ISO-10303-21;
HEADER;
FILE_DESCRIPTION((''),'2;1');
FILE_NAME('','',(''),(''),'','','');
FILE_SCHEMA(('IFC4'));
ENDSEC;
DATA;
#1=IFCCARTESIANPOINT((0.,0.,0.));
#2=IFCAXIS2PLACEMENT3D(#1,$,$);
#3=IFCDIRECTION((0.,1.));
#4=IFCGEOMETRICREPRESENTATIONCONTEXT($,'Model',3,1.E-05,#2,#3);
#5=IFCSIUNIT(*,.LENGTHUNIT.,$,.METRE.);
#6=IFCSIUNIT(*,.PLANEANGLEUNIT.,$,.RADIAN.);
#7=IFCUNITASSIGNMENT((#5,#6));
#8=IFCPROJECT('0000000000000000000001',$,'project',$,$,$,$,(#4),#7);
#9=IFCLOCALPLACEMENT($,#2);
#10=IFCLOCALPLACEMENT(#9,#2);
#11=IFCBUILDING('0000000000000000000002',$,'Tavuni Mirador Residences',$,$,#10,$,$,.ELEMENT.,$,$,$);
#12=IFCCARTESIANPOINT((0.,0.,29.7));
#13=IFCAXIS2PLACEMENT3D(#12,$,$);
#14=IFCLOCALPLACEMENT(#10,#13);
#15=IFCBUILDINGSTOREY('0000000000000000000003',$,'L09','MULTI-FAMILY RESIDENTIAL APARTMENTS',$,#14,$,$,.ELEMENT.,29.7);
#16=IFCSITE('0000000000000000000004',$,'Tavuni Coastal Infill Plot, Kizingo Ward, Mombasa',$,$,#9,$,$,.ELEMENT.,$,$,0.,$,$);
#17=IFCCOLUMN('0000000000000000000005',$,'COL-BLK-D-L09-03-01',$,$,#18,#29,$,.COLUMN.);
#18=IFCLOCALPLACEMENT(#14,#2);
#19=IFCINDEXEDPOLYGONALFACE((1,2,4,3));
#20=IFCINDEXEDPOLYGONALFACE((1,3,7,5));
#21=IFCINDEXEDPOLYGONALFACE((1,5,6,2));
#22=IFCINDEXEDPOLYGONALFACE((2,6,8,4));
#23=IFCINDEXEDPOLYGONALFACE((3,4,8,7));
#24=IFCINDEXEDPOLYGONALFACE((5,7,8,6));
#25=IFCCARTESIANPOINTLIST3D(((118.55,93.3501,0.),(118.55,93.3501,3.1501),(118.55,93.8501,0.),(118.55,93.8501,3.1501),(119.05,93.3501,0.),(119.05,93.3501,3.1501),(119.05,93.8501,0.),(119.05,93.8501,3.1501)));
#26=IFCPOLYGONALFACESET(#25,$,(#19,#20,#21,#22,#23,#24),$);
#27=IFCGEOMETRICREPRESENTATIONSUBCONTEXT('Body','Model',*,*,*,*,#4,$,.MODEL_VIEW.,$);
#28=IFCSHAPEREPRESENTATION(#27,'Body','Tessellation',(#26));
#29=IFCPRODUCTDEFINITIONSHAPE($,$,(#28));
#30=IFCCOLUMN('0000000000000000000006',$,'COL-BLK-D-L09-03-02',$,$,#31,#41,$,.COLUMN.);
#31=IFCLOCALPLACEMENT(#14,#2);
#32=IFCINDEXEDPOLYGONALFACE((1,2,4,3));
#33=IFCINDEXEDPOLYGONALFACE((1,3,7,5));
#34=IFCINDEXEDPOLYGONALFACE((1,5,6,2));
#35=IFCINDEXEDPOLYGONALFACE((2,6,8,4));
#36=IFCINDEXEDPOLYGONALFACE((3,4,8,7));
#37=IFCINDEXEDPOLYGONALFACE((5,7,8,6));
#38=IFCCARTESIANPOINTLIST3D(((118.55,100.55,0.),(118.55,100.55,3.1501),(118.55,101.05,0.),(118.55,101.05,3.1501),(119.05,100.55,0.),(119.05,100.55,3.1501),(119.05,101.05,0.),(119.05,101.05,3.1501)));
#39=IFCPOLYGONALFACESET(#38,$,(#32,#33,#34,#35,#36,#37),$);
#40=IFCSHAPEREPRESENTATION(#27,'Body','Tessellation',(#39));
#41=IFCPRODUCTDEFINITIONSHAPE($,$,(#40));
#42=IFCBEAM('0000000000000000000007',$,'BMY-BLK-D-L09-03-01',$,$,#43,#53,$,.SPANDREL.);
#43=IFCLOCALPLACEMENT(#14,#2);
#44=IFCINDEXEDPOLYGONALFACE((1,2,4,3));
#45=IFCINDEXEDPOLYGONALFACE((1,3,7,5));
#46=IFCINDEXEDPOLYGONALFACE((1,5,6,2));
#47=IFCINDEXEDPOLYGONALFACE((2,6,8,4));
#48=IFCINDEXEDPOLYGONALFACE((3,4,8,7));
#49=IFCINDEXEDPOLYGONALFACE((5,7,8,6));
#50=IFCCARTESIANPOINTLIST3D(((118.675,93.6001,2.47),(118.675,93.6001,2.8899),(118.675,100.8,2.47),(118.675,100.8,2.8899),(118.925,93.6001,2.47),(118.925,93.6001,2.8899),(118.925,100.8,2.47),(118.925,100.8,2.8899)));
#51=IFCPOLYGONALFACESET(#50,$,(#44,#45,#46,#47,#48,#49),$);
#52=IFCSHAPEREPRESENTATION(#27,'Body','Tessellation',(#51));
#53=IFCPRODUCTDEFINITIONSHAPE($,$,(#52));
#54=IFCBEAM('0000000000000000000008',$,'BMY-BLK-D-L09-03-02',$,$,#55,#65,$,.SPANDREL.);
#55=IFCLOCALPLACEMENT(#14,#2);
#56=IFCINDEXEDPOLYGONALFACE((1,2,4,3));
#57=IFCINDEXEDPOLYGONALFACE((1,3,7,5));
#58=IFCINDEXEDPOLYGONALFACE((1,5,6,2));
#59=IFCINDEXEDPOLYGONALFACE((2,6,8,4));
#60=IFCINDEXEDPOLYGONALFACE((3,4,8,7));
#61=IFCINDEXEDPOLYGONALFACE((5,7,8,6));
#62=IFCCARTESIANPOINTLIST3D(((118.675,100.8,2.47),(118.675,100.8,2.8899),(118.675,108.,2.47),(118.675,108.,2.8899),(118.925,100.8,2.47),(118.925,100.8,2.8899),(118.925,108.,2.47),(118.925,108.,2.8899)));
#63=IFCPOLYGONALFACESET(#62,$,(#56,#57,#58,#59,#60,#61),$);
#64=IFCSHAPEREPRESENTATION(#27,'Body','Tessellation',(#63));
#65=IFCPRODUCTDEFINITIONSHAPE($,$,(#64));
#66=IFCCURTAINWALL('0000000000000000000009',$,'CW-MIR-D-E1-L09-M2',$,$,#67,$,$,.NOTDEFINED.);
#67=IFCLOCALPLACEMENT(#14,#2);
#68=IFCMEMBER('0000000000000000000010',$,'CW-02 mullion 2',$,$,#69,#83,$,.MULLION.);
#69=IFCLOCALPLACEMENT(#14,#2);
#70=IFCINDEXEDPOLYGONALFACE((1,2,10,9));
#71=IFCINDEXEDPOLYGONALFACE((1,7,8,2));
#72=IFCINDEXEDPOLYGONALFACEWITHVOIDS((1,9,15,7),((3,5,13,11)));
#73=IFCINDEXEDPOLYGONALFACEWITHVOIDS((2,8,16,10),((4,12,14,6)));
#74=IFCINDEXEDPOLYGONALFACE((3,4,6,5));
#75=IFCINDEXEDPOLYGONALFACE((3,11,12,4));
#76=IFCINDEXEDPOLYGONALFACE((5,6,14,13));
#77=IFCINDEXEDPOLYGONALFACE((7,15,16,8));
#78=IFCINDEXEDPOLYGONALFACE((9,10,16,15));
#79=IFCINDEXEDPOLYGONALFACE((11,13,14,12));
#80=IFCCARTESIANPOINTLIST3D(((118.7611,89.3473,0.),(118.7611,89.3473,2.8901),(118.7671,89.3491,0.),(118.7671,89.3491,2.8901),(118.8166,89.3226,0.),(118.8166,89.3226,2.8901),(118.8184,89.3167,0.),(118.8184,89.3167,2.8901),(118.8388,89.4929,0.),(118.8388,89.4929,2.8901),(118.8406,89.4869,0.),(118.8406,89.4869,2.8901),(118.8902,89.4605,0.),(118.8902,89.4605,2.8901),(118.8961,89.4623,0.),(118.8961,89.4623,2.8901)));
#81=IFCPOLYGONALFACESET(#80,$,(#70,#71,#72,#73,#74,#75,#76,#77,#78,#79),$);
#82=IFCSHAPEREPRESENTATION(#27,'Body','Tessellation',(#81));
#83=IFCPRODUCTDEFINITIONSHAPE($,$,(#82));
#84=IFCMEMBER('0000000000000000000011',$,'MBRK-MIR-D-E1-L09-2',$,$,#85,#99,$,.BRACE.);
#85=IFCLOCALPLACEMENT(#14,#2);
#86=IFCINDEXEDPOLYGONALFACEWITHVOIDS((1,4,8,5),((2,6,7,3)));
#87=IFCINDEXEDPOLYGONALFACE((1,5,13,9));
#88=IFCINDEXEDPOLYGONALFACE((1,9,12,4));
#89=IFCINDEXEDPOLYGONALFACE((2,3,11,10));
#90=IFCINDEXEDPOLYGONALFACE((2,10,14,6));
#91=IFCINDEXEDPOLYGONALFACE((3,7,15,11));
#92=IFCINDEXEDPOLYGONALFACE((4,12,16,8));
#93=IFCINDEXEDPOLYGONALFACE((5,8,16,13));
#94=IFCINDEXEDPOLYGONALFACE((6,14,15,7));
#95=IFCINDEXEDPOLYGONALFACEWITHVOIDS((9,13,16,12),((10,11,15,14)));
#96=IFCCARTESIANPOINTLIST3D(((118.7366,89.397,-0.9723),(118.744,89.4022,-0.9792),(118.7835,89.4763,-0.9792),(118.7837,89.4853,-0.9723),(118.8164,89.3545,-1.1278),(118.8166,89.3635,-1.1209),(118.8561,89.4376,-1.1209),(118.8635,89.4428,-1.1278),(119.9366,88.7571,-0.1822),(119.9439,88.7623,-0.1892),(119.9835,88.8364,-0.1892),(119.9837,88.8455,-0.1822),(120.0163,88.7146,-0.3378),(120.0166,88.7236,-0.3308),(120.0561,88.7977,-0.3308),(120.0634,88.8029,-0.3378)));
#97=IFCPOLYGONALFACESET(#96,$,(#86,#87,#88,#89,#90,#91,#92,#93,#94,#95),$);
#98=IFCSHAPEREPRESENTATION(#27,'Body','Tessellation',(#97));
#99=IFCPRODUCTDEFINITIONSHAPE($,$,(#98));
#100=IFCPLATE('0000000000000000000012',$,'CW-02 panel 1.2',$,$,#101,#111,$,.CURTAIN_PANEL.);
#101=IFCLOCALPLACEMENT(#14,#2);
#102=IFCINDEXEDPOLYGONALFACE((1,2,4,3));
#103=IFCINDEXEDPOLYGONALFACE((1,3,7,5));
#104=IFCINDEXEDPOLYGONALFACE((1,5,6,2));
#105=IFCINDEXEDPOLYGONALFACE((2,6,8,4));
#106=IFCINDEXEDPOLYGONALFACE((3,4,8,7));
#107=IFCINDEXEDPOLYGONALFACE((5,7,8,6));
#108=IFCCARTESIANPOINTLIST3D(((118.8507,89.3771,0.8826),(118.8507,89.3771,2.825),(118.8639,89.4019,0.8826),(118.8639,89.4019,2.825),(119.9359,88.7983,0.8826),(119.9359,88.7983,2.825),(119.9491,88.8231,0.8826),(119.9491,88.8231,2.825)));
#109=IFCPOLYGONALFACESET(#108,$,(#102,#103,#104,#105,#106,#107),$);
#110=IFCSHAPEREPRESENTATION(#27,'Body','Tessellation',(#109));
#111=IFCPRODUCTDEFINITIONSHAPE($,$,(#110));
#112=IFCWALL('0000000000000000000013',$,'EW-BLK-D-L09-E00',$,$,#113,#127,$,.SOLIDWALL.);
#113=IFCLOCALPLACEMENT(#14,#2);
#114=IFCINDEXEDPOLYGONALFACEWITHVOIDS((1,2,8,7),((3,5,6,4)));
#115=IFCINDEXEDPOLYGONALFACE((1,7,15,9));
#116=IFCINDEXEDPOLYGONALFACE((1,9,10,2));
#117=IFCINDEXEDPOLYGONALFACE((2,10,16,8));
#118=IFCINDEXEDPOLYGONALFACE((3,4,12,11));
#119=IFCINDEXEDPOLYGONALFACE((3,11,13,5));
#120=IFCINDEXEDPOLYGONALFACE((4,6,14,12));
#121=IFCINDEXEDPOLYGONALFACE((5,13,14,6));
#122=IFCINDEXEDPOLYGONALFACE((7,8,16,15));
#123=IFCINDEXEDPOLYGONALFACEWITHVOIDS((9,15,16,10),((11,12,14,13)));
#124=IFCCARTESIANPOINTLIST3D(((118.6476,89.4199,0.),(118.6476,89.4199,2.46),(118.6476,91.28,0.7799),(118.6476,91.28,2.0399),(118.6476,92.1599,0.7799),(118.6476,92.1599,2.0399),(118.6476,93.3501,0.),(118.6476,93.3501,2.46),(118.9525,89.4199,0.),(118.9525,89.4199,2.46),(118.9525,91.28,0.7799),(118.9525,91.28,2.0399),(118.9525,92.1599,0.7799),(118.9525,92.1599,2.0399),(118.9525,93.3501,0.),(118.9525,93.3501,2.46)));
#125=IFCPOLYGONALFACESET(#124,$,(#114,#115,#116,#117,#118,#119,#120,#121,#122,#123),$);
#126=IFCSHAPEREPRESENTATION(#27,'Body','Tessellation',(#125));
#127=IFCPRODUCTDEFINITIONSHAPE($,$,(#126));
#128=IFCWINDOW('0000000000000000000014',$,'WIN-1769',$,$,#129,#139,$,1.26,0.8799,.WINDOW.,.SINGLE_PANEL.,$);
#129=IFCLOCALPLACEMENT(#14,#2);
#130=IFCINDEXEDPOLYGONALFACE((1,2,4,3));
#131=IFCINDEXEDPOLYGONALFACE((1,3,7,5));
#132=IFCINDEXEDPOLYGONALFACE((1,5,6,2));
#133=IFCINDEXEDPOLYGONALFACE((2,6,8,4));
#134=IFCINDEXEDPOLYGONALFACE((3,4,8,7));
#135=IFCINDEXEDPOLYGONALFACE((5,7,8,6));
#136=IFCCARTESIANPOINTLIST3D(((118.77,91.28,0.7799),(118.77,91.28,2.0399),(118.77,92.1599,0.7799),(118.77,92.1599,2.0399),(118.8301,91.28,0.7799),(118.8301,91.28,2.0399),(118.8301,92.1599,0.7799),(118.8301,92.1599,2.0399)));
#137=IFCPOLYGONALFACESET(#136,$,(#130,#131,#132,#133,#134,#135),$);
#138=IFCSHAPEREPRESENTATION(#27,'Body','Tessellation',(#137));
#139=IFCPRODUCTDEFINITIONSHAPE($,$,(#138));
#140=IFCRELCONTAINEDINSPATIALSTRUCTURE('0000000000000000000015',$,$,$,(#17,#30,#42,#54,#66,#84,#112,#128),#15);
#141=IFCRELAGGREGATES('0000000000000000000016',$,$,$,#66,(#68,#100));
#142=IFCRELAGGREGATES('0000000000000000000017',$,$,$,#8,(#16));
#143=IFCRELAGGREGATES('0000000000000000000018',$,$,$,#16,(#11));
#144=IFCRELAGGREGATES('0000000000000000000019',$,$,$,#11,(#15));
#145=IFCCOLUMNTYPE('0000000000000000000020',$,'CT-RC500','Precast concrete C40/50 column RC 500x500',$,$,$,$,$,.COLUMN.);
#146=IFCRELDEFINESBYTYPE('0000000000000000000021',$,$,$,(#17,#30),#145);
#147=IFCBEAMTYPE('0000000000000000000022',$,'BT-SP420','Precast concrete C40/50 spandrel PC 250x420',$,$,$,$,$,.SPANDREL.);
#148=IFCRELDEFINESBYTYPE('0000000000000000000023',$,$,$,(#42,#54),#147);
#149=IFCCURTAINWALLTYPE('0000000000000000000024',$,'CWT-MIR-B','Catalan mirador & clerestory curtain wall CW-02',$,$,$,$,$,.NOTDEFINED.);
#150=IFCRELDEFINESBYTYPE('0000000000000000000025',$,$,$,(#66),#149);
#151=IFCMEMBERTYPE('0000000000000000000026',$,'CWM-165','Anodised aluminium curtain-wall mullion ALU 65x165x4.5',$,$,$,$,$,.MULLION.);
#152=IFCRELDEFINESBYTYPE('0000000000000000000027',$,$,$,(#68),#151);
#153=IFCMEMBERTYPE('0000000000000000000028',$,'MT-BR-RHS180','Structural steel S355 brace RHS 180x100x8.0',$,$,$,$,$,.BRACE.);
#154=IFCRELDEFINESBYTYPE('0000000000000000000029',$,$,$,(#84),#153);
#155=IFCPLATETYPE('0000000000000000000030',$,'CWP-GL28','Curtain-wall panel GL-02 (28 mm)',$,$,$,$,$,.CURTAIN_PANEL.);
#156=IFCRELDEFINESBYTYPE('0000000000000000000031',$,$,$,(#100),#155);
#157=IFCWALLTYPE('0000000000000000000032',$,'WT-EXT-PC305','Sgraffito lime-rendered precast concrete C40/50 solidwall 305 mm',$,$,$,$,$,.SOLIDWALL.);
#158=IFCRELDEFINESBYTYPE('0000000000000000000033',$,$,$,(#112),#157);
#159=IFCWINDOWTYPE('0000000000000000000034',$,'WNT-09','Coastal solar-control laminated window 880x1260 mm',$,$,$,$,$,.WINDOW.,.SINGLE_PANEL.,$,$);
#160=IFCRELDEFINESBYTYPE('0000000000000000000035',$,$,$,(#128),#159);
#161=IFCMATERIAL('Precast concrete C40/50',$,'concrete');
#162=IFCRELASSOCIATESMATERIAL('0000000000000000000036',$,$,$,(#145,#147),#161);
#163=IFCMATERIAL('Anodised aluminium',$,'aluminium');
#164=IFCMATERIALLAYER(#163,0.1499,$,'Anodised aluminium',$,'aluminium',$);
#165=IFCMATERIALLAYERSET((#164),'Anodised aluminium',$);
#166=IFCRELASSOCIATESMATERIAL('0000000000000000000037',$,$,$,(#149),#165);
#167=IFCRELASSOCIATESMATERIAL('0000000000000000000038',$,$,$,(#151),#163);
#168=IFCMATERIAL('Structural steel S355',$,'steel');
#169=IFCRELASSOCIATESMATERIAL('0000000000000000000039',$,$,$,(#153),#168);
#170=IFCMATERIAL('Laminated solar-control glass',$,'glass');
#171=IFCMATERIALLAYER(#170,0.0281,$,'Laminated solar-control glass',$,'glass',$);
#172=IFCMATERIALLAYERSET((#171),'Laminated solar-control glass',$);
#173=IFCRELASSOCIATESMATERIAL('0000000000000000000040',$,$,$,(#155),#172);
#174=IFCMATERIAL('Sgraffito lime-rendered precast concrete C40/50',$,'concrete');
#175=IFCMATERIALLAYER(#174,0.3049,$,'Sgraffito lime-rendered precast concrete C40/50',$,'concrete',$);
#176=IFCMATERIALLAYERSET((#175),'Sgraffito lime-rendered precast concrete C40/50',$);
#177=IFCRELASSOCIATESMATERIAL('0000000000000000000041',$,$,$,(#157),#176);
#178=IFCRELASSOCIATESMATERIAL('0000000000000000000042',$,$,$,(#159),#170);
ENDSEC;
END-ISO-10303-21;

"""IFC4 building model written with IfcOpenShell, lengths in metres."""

from ifc_helpers import new_model, si_unit, direction, frame, frame_2d, origin, origin_2d, place, context, subcontext, project, spatial, rectangle, hollow_rectangle, extrude, material, layer, layer_set, material_profile, profile_set, type_object, element, fill, aggregate, save


model = new_model("IFC4")

# Units and contexts
model_context = context("Model", 3, precision=1e-05, world=origin(), true_north=direction((0.0, 1.0)))
body_context = subcontext(model_context, "Body", "Model", "MODEL_VIEW")
ifc_project = project(units=[si_unit("LENGTHUNIT", "METRE"), si_unit("PLANEANGLEUNIT", "RADIAN")], contexts=[model_context])

# Site, building, storey
site_placement = place(None, origin())
site = spatial("IfcSite", under=ifc_project, at=site_placement, Name="Tavuni Coastal Infill Plot, Kizingo Ward, Mombasa", CompositionType="ELEMENT", RefElevation=0.0)
building_placement = place(site_placement, origin())
building = spatial("IfcBuilding", under=site, at=building_placement, Name="Tavuni Mirador Residences", CompositionType="ELEMENT")
storey_placement = place(building_placement, frame((0.0, 0.0, 29.7)))
storey = spatial("IfcBuildingStorey", under=building, at=storey_placement, Name="L09", Description="MULTI-FAMILY RESIDENTIAL APARTMENTS", CompositionType="ELEMENT", Elevation=29.7)

# Columns
ifc_material_1 = material(Name="Precast concrete C40/50", Category="concrete")
ifc_material_profile_1 = material_profile(ifc_material_1, rectangle(XDim=0.5, YDim=0.5, at=origin_2d()), Name="RC 500x500", Category="concrete")
ifc_profile_set_1 = profile_set([ifc_material_profile_1], Name="Precast concrete C40/50")
column_type = type_object("IfcColumnType", Name="CT-RC500", Description="Precast concrete C40/50 column RC 500x500", PredefinedType="COLUMN", material=ifc_profile_set_1)
for number, where, z_axis, x_axis, name in (
    (1, (118.8, 93.6001, 0.0), (0.0, 0.0, 1.0), (1.0, 0.0, 0.0), "COL-BLK-D-L09-03-01"),
    (2, (118.8, 100.8, 0.0), (0.0, 0.0, 1.0), (1.0, 0.0, 0.0), "COL-BLK-D-L09-03-02"),
):
    element("IfcColumn", number, at=place(storey_placement, frame(where, z_axis=z_axis, x_axis=x_axis)), inside=storey, type_object=column_type, Name=name, PredefinedType="COLUMN", context=body_context, shape_type="SweptSolid", body=[
        extrude(rectangle(XDim=0.5, YDim=0.5, at=origin_2d()), origin(), (0.0, 0.0, 1.0), 3.1501),
    ])

# Beams
ifc_material_profile_2 = material_profile(ifc_material_1, rectangle(XDim=0.25, YDim=0.4199, at=origin_2d()), Name="PC 250x420", Category="concrete")
ifc_profile_set_2 = profile_set([ifc_material_profile_2], Name="Precast concrete C40/50")
beam_type = type_object("IfcBeamType", Name="BT-SP420", Description="Precast concrete C40/50 spandrel PC 250x420", PredefinedType="SPANDREL", material=ifc_profile_set_2)
for number, where, z_axis, x_axis, name in (
    (3, (118.8, 93.6001, 2.6799), (0.0, 1.0, 0.0), (-1.0, 0.0, 0.0), "BMY-BLK-D-L09-03-01"),
    (4, (118.8, 100.8, 2.6799), (0.0, 1.0, 0.0), (-1.0, 0.0, 0.0), "BMY-BLK-D-L09-03-02"),
):
    element("IfcBeam", number, at=place(storey_placement, frame(where, z_axis=z_axis, x_axis=x_axis)), inside=storey, type_object=beam_type, Name=name, PredefinedType="SPANDREL", context=body_context, shape_type="SweptSolid", body=[
        extrude(rectangle(XDim=0.25, YDim=0.4199, at=origin_2d()), origin(), (0.0, 0.0, 1.0), 7.2),
    ])

# Curtain wall, member
ifc_material_2 = material(Name="Anodised aluminium", Category="aluminium")
ifc_layer_1 = layer(ifc_material_2, 0.1499, Name="Anodised aluminium", Category="aluminium")
ifc_layer_set_1 = layer_set([ifc_layer_1], Name="Anodised aluminium")
curtain_wall_type = type_object("IfcCurtainWallType", Name="CWT-MIR-B", Description="Catalan mirador & clerestory curtain wall CW-02", PredefinedType="NOTDEFINED", material=ifc_layer_set_1)
curtain_wall_placement = place(storey_placement, origin())
curtain_wall = element("IfcCurtainWall", 5, at=curtain_wall_placement, inside=storey, type_object=curtain_wall_type, Name="CW-MIR-D-E1-L09-M2", PredefinedType="NOTDEFINED")
ifc_material_profile_3 = material_profile(ifc_material_2, hollow_rectangle(XDim=0.0649, YDim=0.165, WallThickness=0.0044, at=origin_2d()), Name="ALU 65x165x4.5", Category="aluminium")
ifc_profile_set_3 = profile_set([ifc_material_profile_3], Name="Anodised aluminium")
member_type_1 = type_object("IfcMemberType", Name="CWM-165", Description="Anodised aluminium curtain-wall mullion ALU 65x165x4.5", PredefinedType="MULLION", material=ifc_profile_set_3)
member_1_placement = place(storey_placement, frame((118.8286, 89.4048, 0.0), z_axis=(0.0, 0.0, 1.0), x_axis=(-0.882353, 0.470588, 0.0)))
member_1 = element("IfcMember", 6, at=member_1_placement, type_object=member_type_1, Name="CW-02 mullion 2", PredefinedType="MULLION", context=body_context, shape_type="SweptSolid", body=[
    extrude(hollow_rectangle(XDim=0.0649, YDim=0.165, WallThickness=0.0044, at=origin_2d()), origin(), (0.0, 0.0, 1.0), 2.8901),
])

# Member
ifc_material_3 = material(Name="Structural steel S355", Category="steel")
ifc_material_profile_4 = material_profile(ifc_material_3, hollow_rectangle(XDim=0.1001, YDim=0.1799, WallThickness=0.0081, at=origin_2d()), Name="RHS 180x100x8.0", Category="steel")
ifc_profile_set_4 = profile_set([ifc_material_profile_4], Name="Structural steel S355")
member_type_2 = type_object("IfcMemberType", Name="MT-BR-RHS180", Description="Structural steel S355 brace RHS 180x100x8.0", PredefinedType="BRACE", material=ifc_profile_set_4)
member_2_placement = place(storey_placement, frame((118.8, 89.4199, -1.05), z_axis=(0.762969, -0.406865, 0.502333), x_axis=(0.470542, 0.882378, 0.0)))
element("IfcMember", 7, at=member_2_placement, inside=storey, type_object=member_type_2, Name="MBRK-MIR-D-E1-L09-2", PredefinedType="BRACE", context=body_context, shape_type="SweptSolid", body=[
    extrude(hollow_rectangle(XDim=0.1001, YDim=0.1799, WallThickness=0.0081, at=origin_2d()), origin(), (0.0, 0.0, 1.0), 1.5728),
])

# Plate
ifc_material_4 = material(Name="Laminated solar-control glass", Category="glass")
ifc_layer_2 = layer(ifc_material_4, 0.0281, Name="Laminated solar-control glass", Category="glass")
ifc_layer_set_2 = layer_set([ifc_layer_2], Name="Laminated solar-control glass")
plate_type = type_object("IfcPlateType", Name="CWP-GL28", Description="Curtain-wall panel GL-02 (28 mm)", PredefinedType="CURTAIN_PANEL", material=ifc_layer_set_2)
plate_placement = place(storey_placement, frame((119.3999, 89.1001, 0.8826), z_axis=(0.0, 0.0, 1.0), x_axis=(-0.882353, 0.470588, 0.0)))
plate = element("IfcPlate", 8, at=plate_placement, type_object=plate_type, Name="CW-02 panel 1.2", PredefinedType="CURTAIN_PANEL", context=body_context, shape_type="SweptSolid", body=[
    extrude(rectangle(XDim=1.23, YDim=0.0281, at=origin_2d()), origin(), (0.0, 0.0, 1.0), 1.9424),
])
aggregate(curtain_wall, [member_1, plate])

# Wall, opening, window
ifc_material_5 = material(Name="Sgraffito lime-rendered precast concrete C40/50", Category="concrete")
ifc_layer_3 = layer(ifc_material_5, 0.3049, Name="Sgraffito lime-rendered precast concrete C40/50", Category="concrete")
ifc_layer_set_3 = layer_set([ifc_layer_3], Name="Sgraffito lime-rendered precast concrete C40/50")
wall_type_1 = type_object("IfcWallType", Name="WT-EXT-PC305", Description="Sgraffito lime-rendered precast concrete C40/50 solidwall 305 mm", PredefinedType="SOLIDWALL", material=ifc_layer_set_3)
wall_1_placement = place(storey_placement, frame((118.8, 89.4199, 0.0), z_axis=(0.0, 0.0, 1.0), x_axis=(0.0, 1.0, 0.0)))
wall_1 = element("IfcWall", 9, at=wall_1_placement, inside=storey, type_object=wall_type_1, Name="EW-BLK-D-L09-E00", PredefinedType="SOLIDWALL", context=body_context, shape_type="SweptSolid", body=[
    extrude(rectangle(XDim=3.9302, YDim=0.3049, at=frame_2d((1.9651, 0.0))), origin(), (0.0, 0.0, 1.0), 2.46),
])
opening_1_placement = place(wall_1_placement, frame((1.8601, 0.0, 0.78)))
opening_1 = element("IfcOpeningElement", 10, at=opening_1_placement, cuts=wall_1, PredefinedType="OPENING", context=body_context, shape_type="SweptSolid", body=[
    extrude(rectangle(XDim=0.8799, YDim=1.26, at=frame_2d((0.4399, 0.6299))), frame((0.0, 0.1626, 0.0), z_axis=(0.0, -1.0, 0.0), x_axis=(1.0, 0.0, 0.0)), (0.0, 0.0, 1.0), 0.325),
])
window_type_1 = type_object("IfcWindowType", Name="WNT-09", Description="Coastal solar-control laminated window 880x1260 mm", PartitioningType="SINGLE_PANEL", PredefinedType="WINDOW", material=ifc_material_4)
window_1_placement = place(opening_1_placement, origin())
window_1 = element("IfcWindow", 11, at=window_1_placement, inside=storey, type_object=window_type_1, Name="WIN-1769", OverallHeight=1.26, OverallWidth=0.8799, PartitioningType="SINGLE_PANEL", PredefinedType="WINDOW", context=body_context, shape_type="SweptSolid", body=[
    extrude(rectangle(XDim=0.8799, YDim=1.26, at=frame_2d((0.4399, 0.6299))), frame((0.0, 0.03, 0.0), z_axis=(0.0, -1.0, 0.0), x_axis=(1.0, 0.0, 0.0)), (0.0, 0.0, 1.0), 0.0601),
])
fill(opening_1, window_1)

save(model, "model.ifc")
